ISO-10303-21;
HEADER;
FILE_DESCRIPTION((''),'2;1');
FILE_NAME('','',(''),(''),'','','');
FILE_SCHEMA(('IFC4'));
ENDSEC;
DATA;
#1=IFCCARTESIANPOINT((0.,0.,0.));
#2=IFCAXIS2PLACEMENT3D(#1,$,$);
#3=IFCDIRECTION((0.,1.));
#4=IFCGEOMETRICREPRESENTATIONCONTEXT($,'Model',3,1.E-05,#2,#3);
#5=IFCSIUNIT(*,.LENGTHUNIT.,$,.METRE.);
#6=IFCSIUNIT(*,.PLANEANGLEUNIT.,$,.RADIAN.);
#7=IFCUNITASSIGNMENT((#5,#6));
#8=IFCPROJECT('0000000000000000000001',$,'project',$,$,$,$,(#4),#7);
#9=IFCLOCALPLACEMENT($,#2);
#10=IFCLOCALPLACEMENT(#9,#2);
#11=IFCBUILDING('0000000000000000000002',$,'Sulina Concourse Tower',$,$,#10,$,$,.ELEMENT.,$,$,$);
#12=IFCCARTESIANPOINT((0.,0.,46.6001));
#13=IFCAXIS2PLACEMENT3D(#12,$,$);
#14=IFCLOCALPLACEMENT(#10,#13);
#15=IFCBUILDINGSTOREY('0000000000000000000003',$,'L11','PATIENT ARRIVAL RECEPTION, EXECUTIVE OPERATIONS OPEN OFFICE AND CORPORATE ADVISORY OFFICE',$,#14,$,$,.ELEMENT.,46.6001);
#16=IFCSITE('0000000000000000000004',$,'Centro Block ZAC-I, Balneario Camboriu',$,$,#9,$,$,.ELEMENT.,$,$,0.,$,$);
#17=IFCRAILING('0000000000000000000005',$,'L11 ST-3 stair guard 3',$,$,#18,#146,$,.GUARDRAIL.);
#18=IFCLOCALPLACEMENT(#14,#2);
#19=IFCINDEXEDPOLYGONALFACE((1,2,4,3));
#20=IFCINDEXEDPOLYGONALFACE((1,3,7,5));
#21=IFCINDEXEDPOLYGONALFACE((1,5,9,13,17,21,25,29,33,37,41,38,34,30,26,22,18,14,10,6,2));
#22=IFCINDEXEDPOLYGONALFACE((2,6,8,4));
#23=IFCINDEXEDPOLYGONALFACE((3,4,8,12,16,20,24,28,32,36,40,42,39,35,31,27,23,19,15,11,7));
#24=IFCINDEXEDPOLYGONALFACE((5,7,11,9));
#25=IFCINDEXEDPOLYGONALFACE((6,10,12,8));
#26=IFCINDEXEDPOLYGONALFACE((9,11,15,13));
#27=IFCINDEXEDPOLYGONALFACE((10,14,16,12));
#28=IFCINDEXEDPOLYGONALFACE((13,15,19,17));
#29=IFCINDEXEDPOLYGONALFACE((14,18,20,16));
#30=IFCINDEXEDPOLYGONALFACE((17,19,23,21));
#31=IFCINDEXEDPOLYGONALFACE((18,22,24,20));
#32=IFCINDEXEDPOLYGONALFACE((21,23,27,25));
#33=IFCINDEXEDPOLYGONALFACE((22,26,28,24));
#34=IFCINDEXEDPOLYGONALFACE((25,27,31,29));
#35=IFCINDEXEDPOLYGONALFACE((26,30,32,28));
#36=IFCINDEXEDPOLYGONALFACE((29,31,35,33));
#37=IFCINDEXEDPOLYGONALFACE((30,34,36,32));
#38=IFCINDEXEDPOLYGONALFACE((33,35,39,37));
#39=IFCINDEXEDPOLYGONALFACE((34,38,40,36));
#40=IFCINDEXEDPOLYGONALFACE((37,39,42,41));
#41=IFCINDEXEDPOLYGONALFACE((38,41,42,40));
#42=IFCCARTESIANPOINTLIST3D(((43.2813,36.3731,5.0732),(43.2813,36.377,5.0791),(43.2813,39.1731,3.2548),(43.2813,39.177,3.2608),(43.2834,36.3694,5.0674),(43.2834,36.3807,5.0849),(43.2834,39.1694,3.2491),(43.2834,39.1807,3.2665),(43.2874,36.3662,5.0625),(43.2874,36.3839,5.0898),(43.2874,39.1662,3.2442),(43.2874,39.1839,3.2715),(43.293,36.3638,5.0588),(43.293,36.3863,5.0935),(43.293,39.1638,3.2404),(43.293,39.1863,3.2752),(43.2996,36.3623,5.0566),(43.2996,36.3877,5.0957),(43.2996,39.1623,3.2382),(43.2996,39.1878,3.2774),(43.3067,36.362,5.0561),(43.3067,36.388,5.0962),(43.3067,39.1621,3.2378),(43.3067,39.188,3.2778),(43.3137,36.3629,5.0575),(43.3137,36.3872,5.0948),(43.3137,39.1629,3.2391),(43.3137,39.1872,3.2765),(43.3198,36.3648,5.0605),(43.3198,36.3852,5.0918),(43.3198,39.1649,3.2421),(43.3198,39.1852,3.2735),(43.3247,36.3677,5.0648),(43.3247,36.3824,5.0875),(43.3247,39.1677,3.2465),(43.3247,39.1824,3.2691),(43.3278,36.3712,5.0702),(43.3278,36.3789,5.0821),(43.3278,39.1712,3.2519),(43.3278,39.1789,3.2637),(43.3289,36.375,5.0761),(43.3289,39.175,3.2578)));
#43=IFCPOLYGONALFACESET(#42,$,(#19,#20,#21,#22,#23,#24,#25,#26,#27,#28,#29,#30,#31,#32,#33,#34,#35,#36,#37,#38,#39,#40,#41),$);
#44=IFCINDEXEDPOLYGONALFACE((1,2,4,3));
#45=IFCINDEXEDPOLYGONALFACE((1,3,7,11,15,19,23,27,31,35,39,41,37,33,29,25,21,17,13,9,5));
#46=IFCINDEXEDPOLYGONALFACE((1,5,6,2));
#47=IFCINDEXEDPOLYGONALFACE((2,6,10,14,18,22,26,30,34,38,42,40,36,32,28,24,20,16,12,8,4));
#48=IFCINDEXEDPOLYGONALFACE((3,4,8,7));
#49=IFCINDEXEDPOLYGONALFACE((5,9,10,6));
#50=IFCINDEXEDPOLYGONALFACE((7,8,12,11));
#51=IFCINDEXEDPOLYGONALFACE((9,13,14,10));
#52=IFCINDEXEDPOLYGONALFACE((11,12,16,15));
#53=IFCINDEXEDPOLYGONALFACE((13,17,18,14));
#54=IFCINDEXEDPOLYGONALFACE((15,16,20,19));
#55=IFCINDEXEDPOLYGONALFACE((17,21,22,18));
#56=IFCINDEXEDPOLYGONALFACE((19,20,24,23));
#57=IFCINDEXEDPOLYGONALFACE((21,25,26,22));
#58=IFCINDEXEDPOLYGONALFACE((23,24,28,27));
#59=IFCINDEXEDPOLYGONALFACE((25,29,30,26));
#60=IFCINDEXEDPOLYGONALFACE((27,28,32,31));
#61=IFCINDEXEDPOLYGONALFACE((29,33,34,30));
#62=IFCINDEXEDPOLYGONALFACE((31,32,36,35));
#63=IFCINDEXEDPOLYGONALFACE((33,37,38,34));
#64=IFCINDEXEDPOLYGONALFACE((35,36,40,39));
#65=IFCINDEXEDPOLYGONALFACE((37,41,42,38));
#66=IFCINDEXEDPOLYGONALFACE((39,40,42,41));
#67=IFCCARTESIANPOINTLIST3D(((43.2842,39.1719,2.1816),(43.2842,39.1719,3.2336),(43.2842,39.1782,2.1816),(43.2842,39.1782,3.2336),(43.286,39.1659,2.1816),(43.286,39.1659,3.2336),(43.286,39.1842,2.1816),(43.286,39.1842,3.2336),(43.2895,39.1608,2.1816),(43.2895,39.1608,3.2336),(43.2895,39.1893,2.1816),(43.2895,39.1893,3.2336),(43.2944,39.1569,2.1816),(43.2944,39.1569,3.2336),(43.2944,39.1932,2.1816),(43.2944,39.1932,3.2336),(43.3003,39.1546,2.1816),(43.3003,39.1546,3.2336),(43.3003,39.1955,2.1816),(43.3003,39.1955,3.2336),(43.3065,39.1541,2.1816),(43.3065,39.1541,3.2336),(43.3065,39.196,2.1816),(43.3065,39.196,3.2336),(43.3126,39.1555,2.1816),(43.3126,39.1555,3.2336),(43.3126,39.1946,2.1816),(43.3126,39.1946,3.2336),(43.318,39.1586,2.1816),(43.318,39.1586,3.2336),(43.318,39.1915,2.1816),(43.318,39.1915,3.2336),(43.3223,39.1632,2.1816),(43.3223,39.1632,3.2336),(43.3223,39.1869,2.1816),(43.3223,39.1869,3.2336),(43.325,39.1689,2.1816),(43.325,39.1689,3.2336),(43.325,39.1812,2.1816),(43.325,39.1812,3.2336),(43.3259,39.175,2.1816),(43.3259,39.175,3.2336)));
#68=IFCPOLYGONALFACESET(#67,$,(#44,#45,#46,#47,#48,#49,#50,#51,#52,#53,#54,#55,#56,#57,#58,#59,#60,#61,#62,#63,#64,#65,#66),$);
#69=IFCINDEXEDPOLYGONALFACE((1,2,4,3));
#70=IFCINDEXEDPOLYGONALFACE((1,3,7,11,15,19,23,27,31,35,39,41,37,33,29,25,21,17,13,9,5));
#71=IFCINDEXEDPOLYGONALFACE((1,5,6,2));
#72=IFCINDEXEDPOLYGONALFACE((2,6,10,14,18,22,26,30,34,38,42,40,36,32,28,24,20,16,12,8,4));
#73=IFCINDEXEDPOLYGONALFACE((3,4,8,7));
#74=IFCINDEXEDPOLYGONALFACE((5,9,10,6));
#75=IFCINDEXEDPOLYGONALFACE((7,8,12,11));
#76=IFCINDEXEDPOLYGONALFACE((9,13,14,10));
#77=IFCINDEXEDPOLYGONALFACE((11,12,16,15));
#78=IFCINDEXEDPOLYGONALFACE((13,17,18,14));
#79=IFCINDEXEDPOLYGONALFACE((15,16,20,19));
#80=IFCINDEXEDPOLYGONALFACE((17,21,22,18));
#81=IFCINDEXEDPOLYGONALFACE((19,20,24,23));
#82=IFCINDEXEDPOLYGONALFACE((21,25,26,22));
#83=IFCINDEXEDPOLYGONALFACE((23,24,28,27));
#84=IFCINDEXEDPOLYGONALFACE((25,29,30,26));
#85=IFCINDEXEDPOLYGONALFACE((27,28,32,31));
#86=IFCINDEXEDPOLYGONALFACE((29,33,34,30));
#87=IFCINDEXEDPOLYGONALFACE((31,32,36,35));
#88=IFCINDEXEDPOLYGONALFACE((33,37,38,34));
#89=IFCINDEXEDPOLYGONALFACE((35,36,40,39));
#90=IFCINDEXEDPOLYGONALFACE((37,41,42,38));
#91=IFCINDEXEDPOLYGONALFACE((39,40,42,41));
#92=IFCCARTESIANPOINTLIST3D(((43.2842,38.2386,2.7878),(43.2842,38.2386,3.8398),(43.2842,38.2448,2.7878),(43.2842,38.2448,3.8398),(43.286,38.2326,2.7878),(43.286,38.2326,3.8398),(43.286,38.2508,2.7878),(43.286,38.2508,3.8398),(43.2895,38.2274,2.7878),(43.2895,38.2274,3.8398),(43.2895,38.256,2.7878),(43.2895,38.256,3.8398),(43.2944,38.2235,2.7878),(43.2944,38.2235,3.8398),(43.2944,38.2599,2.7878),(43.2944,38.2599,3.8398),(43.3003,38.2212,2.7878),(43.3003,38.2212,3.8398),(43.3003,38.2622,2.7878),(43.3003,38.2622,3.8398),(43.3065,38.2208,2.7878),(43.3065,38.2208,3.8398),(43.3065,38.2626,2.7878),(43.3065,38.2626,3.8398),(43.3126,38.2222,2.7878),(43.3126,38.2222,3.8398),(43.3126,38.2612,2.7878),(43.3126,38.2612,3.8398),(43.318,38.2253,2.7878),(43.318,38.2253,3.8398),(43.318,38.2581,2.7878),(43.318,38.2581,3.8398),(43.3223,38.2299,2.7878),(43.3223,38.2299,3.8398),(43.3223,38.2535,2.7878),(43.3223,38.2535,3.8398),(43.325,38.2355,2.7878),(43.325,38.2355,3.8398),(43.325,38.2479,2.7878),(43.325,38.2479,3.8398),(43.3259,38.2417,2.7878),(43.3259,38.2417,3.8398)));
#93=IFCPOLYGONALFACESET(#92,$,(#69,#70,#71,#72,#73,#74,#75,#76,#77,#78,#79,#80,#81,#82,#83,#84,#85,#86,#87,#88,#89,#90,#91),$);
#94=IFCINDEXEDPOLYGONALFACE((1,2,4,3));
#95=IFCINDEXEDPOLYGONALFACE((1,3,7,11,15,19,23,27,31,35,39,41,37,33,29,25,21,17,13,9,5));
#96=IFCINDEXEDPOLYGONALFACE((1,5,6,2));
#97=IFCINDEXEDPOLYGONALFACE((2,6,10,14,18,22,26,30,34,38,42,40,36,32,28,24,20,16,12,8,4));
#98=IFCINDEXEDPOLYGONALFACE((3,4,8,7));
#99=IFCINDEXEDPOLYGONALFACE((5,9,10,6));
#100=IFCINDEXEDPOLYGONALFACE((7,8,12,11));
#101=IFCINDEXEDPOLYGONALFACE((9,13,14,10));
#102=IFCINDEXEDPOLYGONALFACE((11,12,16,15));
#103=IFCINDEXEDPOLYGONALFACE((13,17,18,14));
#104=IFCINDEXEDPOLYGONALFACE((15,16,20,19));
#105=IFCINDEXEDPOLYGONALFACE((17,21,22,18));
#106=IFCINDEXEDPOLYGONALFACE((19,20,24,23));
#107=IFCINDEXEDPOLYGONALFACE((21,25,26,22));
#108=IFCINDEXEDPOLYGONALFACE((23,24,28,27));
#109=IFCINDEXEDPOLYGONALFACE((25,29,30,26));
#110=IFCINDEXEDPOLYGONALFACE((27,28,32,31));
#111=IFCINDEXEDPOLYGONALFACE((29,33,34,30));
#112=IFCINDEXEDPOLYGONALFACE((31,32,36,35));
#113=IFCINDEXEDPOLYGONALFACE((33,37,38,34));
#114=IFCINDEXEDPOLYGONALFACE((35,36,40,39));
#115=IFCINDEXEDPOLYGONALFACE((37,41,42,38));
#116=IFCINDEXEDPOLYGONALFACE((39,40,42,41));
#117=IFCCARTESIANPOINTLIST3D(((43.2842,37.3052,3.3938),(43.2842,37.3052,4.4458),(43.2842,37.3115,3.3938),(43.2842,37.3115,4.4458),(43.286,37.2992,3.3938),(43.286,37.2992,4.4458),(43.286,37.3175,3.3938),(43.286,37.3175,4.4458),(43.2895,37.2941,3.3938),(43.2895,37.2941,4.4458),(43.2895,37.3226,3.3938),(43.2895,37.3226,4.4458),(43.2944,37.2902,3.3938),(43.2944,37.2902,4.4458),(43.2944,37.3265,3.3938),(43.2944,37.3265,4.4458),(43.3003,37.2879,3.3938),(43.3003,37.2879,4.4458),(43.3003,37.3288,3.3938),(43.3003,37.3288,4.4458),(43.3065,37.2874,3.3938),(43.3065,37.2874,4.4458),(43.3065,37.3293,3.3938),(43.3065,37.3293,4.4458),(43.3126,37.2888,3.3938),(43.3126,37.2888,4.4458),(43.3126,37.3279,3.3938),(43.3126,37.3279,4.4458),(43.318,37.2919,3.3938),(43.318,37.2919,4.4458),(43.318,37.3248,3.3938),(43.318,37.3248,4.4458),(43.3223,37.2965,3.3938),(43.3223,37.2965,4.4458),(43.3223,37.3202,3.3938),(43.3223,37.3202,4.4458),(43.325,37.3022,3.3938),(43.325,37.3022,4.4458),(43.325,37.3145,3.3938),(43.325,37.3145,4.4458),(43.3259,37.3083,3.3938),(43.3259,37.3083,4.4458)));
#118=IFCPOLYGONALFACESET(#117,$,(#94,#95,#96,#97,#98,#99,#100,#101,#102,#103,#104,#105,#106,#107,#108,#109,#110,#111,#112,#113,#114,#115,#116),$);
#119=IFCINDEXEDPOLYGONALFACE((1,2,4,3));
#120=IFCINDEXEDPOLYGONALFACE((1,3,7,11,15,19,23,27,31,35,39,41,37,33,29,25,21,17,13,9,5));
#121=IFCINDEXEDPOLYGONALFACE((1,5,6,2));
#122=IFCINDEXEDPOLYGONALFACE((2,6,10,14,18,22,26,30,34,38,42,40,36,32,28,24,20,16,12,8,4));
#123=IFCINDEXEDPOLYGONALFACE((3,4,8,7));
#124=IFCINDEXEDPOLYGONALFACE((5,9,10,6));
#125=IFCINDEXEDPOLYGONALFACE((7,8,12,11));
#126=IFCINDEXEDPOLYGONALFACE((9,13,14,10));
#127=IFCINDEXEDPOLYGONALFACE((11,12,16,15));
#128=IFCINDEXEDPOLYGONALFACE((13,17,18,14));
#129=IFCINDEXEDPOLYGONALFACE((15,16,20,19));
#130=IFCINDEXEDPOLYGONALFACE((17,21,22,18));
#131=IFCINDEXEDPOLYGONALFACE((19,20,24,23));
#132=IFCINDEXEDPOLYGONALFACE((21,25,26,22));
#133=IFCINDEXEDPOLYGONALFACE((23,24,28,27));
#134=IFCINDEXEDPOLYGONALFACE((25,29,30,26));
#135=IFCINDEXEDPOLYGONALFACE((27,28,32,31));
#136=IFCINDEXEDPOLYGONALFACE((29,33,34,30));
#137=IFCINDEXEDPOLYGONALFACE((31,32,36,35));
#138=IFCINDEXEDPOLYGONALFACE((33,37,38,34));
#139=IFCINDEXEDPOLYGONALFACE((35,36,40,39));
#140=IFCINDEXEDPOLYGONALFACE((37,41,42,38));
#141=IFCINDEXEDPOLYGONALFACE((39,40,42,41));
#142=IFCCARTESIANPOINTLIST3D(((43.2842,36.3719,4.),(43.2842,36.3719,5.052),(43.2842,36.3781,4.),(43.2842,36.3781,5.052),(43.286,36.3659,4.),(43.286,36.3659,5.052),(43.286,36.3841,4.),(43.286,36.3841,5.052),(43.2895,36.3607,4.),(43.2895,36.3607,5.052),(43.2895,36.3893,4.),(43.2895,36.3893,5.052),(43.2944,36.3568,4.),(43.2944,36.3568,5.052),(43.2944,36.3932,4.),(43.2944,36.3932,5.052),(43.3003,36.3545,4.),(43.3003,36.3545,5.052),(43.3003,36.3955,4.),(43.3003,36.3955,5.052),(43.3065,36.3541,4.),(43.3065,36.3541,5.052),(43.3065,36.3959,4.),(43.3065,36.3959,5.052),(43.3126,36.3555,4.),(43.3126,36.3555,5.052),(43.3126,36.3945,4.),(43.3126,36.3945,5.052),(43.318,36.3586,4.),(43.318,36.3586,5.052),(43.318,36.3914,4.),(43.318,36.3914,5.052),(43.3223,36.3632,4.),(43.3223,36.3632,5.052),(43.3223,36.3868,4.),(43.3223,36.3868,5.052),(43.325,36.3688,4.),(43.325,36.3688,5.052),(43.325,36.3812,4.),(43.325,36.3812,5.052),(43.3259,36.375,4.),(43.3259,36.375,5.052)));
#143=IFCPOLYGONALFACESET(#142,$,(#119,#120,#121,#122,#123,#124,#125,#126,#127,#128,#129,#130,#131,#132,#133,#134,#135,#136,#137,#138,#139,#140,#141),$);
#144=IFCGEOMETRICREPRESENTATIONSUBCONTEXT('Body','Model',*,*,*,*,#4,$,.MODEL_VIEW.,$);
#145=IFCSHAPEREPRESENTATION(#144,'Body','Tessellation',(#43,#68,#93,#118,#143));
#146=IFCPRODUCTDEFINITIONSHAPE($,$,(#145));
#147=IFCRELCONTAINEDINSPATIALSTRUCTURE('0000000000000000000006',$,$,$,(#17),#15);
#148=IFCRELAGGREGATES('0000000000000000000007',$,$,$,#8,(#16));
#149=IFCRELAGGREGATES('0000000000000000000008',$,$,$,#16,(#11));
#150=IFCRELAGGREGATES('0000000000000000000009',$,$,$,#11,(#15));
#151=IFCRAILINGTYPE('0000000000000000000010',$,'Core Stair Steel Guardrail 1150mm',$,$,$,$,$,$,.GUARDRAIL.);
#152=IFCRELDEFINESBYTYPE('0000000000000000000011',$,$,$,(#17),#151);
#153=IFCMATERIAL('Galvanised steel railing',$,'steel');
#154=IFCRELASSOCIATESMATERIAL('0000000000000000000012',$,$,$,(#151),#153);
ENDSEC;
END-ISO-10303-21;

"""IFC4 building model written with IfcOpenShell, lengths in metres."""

from ifc_helpers import new_model, si_unit, direction, frame, origin, origin_2d, place, context, subcontext, project, spatial, circle, extrude, material, type_object, element, save


model = new_model("IFC4")

# Units and contexts
model_context = context("Model", 3, precision=1e-05, world=origin(), true_north=direction((0.0, 1.0)))
body_context = subcontext(model_context, "Body", "Model", "MODEL_VIEW")
ifc_project = project(units=[si_unit("LENGTHUNIT", "METRE"), si_unit("PLANEANGLEUNIT", "RADIAN")], contexts=[model_context])

# Site, building, storey
site_placement = place(None, origin())
site = spatial("IfcSite", under=ifc_project, at=site_placement, Name="Centro Block ZAC-I, Balneario Camboriu", CompositionType="ELEMENT", RefElevation=0.0)
building_placement = place(site_placement, origin())
building = spatial("IfcBuilding", under=site, at=building_placement, Name="Sulina Concourse Tower", CompositionType="ELEMENT")
storey_placement = place(building_placement, frame((0.0, 0.0, 46.6001)))
storey = spatial("IfcBuildingStorey", under=building, at=storey_placement, Name="L11", Description="PATIENT ARRIVAL RECEPTION, EXECUTIVE OPERATIONS OPEN OFFICE AND CORPORATE ADVISORY OFFICE", CompositionType="ELEMENT", Elevation=46.6001)

# Railing
ifc_material_1 = material(Name="Galvanised steel railing", Category="steel")
railing_type_1 = type_object("IfcRailingType", Name="Core Stair Steel Guardrail 1150mm", PredefinedType="GUARDRAIL", material=ifc_material_1)
railing_1_placement = place(storey_placement, frame((43.3049, 39.175, 2.1816)))
element("IfcRailing", 1, at=railing_1_placement, inside=storey, type_object=railing_type_1, Name="L11 ST-3 stair guard 3", PredefinedType="GUARDRAIL", context=body_context, shape_type="SweptSolid", body=[
    extrude(circle(Radius=0.0239, at=origin_2d()), frame((0.0, 0.0, 1.0762), z_axis=(0.0, -0.838672, 0.544636), x_axis=(1.0, 0.0, 0.0)), (0.0, 0.0, 1.0), 3.3386),
    extrude(circle(Radius=0.021, at=origin_2d()), origin(), (0.0, 0.0, 1.0), 1.052),
    extrude(circle(Radius=0.021, at=origin_2d()), frame((0.0, -0.9333, 0.6062)), (0.0, 0.0, 1.0), 1.052),
    extrude(circle(Radius=0.021, at=origin_2d()), frame((0.0, -1.8667, 1.2122)), (0.0, 0.0, 1.0), 1.052),
    extrude(circle(Radius=0.021, at=origin_2d()), frame((0.0, -2.8, 1.8184)), (0.0, 0.0, 1.0), 1.052),
])

save(model, "model.ifc")
